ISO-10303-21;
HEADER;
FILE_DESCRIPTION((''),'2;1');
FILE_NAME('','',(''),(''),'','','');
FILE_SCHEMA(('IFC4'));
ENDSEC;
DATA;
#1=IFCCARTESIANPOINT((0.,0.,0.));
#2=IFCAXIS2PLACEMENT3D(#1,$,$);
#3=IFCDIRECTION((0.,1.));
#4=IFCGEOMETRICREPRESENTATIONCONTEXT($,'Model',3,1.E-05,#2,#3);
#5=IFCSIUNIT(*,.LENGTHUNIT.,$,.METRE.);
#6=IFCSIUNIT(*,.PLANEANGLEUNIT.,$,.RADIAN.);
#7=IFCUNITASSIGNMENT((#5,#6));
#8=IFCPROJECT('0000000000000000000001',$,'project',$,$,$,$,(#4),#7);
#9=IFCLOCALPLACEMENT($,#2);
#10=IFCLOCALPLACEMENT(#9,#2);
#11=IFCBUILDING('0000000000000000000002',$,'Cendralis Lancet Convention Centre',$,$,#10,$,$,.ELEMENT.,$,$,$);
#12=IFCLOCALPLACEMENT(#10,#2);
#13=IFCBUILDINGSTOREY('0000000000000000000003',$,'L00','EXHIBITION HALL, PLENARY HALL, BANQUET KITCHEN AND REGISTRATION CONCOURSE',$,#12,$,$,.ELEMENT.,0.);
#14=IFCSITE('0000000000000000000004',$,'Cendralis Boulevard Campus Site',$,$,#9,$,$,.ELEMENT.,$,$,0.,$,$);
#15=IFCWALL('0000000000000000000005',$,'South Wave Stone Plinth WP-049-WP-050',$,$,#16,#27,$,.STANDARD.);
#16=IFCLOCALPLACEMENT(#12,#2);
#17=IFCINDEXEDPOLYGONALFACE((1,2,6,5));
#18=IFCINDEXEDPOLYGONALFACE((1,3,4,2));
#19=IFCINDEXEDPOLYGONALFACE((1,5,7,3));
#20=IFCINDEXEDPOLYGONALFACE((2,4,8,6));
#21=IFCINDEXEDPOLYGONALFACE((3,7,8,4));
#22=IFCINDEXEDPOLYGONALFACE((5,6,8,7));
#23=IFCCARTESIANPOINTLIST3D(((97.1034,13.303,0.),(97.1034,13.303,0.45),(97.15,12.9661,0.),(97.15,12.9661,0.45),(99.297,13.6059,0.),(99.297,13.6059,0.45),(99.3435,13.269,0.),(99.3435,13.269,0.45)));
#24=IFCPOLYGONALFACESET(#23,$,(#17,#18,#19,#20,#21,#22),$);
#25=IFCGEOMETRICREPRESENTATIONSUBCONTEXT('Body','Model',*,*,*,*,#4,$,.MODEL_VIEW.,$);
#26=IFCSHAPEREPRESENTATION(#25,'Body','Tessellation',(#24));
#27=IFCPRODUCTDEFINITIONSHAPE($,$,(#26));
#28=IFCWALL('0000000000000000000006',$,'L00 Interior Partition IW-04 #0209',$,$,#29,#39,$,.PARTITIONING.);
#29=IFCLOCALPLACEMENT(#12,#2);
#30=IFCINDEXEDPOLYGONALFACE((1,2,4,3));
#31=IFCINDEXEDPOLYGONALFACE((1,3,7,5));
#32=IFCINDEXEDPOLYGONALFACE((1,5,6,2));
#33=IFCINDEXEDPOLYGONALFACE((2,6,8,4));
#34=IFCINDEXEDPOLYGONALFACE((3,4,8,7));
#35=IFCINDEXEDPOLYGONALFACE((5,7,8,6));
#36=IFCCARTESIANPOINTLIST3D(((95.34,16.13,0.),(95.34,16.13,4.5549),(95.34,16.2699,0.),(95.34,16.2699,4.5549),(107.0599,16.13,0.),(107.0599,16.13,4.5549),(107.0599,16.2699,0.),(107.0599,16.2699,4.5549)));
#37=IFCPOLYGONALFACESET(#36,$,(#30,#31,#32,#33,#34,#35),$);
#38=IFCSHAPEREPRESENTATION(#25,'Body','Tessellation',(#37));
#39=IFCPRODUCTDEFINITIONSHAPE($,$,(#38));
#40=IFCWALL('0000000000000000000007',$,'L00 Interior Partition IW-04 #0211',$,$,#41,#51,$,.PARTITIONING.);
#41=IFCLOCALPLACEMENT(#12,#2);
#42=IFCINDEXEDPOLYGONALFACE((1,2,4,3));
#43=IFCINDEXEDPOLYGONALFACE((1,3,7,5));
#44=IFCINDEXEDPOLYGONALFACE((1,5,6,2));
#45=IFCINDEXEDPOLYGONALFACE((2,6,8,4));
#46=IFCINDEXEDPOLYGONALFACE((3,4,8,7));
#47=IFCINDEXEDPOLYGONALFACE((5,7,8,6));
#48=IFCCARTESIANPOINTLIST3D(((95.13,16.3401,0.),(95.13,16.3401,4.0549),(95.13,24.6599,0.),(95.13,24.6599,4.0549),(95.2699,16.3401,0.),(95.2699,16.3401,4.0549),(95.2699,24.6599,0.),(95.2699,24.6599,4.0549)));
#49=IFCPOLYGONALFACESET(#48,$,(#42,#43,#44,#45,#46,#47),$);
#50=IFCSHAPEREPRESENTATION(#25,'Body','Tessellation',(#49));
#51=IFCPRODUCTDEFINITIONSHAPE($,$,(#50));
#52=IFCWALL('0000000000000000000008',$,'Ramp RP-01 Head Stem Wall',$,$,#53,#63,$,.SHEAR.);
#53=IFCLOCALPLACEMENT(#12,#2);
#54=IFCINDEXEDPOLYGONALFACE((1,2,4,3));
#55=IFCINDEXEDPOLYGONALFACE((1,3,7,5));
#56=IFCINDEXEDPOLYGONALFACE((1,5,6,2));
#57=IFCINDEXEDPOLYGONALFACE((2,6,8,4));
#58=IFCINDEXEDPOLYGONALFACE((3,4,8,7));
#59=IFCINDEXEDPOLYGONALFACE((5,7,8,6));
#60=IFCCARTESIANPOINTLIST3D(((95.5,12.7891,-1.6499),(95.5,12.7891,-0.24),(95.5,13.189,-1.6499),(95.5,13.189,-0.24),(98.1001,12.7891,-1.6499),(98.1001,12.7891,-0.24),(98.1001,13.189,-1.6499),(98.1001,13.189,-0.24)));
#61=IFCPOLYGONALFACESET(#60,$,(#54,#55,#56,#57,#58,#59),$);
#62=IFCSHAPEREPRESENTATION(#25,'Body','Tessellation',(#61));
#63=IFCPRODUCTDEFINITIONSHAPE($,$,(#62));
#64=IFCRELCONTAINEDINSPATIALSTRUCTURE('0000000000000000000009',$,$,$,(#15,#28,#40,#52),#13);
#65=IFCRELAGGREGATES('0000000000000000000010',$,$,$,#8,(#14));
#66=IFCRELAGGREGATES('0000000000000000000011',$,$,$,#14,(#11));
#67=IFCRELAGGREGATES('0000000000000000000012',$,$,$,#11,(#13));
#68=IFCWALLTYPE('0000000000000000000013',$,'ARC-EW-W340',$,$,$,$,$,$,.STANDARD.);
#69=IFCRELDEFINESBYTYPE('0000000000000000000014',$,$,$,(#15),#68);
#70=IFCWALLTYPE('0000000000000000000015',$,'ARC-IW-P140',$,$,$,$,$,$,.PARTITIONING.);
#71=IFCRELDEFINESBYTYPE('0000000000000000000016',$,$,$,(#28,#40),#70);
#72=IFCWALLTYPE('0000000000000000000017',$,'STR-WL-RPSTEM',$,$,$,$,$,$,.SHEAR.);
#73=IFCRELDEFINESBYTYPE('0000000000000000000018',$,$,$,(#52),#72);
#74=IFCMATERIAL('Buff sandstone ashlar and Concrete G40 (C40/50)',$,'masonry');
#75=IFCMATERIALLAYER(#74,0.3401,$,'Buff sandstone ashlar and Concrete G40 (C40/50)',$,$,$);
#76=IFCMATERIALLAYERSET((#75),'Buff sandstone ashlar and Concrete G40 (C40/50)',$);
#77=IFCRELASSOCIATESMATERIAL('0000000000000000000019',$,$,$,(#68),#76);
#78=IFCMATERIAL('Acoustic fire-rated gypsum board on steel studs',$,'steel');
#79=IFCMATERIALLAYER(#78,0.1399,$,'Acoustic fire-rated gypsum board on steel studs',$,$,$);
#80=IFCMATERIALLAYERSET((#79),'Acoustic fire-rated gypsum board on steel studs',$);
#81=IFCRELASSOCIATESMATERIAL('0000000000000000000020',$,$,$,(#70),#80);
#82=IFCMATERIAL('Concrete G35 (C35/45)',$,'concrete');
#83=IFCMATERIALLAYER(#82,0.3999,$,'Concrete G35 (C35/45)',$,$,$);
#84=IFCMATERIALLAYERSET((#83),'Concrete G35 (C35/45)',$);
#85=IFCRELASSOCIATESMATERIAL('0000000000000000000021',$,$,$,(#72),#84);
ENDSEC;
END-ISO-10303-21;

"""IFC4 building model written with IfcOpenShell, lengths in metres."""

from ifc_helpers import new_model, si_unit, direction, frame, frame_2d, origin, place, context, subcontext, project, spatial, rectangle, extrude, material, layer, layer_set, type_object, element, save


model = new_model("IFC4")

# Units and contexts
model_context = context("Model", 3, precision=1e-05, world=origin(), true_north=direction((0.0, 1.0)))
body_context = subcontext(model_context, "Body", "Model", "MODEL_VIEW")
ifc_project = project(units=[si_unit("LENGTHUNIT", "METRE"), si_unit("PLANEANGLEUNIT", "RADIAN")], contexts=[model_context])

# Site, building, storey
site_placement = place(None, origin())
site = spatial("IfcSite", under=ifc_project, at=site_placement, Name="Cendralis Boulevard Campus Site", CompositionType="ELEMENT", RefElevation=0.0)
building_placement = place(site_placement, origin())
building = spatial("IfcBuilding", under=site, at=building_placement, Name="Cendralis Lancet Convention Centre", CompositionType="ELEMENT")
storey_placement = place(building_placement, origin())
storey = spatial("IfcBuildingStorey", under=building, at=storey_placement, Name="L00", Description="EXHIBITION HALL, PLENARY HALL, BANQUET KITCHEN AND REGISTRATION CONCOURSE", CompositionType="ELEMENT", Elevation=0.0)

# Shared definitions
ifc_material_1 = material(Name="Concrete G35 (C35/45)", Category="concrete")

# Walls
ifc_material_2 = material(Name="Buff sandstone ashlar and Concrete G40 (C40/50)", Category="masonry")
ifc_layer_1 = layer(ifc_material_2, 0.3401, Name="Buff sandstone ashlar and Concrete G40 (C40/50)")
ifc_layer_set_1 = layer_set([ifc_layer_1], Name="Buff sandstone ashlar and Concrete G40 (C40/50)")
wall_type_1 = type_object("IfcWallType", Name="ARC-EW-W340", PredefinedType="STANDARD", material=ifc_layer_set_1)
wall_1_placement = place(storey_placement, frame((97.1267, 13.1345, 0.0), z_axis=(0.0, 0.0, 1.0), x_axis=(0.990596, 0.13682, 0.0)))
element("IfcWall", 1, at=wall_1_placement, inside=storey, type_object=wall_type_1, Name="South Wave Stone Plinth WP-049-WP-050", PredefinedType="STANDARD", context=body_context, shape_type="SweptSolid", body=[
    extrude(rectangle(XDim=2.2144, YDim=0.3401, at=frame_2d((1.1072, 0.0))), origin(), (0.0, 0.0, 1.0), 0.45),
])
ifc_material_3 = material(Name="Acoustic fire-rated gypsum board on steel studs", Category="steel")
ifc_layer_2 = layer(ifc_material_3, 0.1399, Name="Acoustic fire-rated gypsum board on steel studs")
ifc_layer_set_2 = layer_set([ifc_layer_2], Name="Acoustic fire-rated gypsum board on steel studs")
wall_type_2 = type_object("IfcWallType", Name="ARC-IW-P140", PredefinedType="PARTITIONING", material=ifc_layer_set_2)
wall_2_placement = place(storey_placement, frame((95.3401, 16.2, 0.0), z_axis=(0.0, 0.0, 1.0), x_axis=(1.0, 0.0, 0.0)))
element("IfcWall", 2, at=wall_2_placement, inside=storey, type_object=wall_type_2, Name="L00 Interior Partition IW-04 #0209", PredefinedType="PARTITIONING", context=body_context, shape_type="SweptSolid", body=[
    extrude(rectangle(XDim=11.72, YDim=0.1399, at=frame_2d((5.8599, 0.0))), origin(), (0.0, 0.0, 1.0), 4.5549),
])
wall_3_placement = place(storey_placement, frame((95.2, 16.3401, 0.0), z_axis=(0.0, 0.0, 1.0), x_axis=(0.0, 1.0, 0.0)))
element("IfcWall", 3, at=wall_3_placement, inside=storey, type_object=wall_type_2, Name="L00 Interior Partition IW-04 #0211", PredefinedType="PARTITIONING", context=body_context, shape_type="SweptSolid", body=[
    extrude(rectangle(XDim=8.3198, YDim=0.1399, at=frame_2d((4.1599, 0.0))), origin(), (0.0, 0.0, 1.0), 4.0549),
])
ifc_layer_3 = layer(ifc_material_1, 0.3999, Name="Concrete G35 (C35/45)")
ifc_layer_set_3 = layer_set([ifc_layer_3], Name="Concrete G35 (C35/45)")
wall_type_3 = type_object("IfcWallType", Name="STR-WL-RPSTEM", PredefinedType="SHEAR", material=ifc_layer_set_3)
wall_4_placement = place(storey_placement, frame((95.5, 12.989, -1.6499), z_axis=(0.0, 0.0, 1.0), x_axis=(1.0, 0.0, 0.0)))
element("IfcWall", 4, at=wall_4_placement, inside=storey, type_object=wall_type_3, Name="Ramp RP-01 Head Stem Wall", PredefinedType="SHEAR", context=body_context, shape_type="SweptSolid", body=[
    extrude(rectangle(XDim=2.6001, YDim=0.3999, at=frame_2d((1.3, 0.0))), origin(), (0.0, 0.0, 1.0), 1.4099),
])

save(model, "model.ifc")
